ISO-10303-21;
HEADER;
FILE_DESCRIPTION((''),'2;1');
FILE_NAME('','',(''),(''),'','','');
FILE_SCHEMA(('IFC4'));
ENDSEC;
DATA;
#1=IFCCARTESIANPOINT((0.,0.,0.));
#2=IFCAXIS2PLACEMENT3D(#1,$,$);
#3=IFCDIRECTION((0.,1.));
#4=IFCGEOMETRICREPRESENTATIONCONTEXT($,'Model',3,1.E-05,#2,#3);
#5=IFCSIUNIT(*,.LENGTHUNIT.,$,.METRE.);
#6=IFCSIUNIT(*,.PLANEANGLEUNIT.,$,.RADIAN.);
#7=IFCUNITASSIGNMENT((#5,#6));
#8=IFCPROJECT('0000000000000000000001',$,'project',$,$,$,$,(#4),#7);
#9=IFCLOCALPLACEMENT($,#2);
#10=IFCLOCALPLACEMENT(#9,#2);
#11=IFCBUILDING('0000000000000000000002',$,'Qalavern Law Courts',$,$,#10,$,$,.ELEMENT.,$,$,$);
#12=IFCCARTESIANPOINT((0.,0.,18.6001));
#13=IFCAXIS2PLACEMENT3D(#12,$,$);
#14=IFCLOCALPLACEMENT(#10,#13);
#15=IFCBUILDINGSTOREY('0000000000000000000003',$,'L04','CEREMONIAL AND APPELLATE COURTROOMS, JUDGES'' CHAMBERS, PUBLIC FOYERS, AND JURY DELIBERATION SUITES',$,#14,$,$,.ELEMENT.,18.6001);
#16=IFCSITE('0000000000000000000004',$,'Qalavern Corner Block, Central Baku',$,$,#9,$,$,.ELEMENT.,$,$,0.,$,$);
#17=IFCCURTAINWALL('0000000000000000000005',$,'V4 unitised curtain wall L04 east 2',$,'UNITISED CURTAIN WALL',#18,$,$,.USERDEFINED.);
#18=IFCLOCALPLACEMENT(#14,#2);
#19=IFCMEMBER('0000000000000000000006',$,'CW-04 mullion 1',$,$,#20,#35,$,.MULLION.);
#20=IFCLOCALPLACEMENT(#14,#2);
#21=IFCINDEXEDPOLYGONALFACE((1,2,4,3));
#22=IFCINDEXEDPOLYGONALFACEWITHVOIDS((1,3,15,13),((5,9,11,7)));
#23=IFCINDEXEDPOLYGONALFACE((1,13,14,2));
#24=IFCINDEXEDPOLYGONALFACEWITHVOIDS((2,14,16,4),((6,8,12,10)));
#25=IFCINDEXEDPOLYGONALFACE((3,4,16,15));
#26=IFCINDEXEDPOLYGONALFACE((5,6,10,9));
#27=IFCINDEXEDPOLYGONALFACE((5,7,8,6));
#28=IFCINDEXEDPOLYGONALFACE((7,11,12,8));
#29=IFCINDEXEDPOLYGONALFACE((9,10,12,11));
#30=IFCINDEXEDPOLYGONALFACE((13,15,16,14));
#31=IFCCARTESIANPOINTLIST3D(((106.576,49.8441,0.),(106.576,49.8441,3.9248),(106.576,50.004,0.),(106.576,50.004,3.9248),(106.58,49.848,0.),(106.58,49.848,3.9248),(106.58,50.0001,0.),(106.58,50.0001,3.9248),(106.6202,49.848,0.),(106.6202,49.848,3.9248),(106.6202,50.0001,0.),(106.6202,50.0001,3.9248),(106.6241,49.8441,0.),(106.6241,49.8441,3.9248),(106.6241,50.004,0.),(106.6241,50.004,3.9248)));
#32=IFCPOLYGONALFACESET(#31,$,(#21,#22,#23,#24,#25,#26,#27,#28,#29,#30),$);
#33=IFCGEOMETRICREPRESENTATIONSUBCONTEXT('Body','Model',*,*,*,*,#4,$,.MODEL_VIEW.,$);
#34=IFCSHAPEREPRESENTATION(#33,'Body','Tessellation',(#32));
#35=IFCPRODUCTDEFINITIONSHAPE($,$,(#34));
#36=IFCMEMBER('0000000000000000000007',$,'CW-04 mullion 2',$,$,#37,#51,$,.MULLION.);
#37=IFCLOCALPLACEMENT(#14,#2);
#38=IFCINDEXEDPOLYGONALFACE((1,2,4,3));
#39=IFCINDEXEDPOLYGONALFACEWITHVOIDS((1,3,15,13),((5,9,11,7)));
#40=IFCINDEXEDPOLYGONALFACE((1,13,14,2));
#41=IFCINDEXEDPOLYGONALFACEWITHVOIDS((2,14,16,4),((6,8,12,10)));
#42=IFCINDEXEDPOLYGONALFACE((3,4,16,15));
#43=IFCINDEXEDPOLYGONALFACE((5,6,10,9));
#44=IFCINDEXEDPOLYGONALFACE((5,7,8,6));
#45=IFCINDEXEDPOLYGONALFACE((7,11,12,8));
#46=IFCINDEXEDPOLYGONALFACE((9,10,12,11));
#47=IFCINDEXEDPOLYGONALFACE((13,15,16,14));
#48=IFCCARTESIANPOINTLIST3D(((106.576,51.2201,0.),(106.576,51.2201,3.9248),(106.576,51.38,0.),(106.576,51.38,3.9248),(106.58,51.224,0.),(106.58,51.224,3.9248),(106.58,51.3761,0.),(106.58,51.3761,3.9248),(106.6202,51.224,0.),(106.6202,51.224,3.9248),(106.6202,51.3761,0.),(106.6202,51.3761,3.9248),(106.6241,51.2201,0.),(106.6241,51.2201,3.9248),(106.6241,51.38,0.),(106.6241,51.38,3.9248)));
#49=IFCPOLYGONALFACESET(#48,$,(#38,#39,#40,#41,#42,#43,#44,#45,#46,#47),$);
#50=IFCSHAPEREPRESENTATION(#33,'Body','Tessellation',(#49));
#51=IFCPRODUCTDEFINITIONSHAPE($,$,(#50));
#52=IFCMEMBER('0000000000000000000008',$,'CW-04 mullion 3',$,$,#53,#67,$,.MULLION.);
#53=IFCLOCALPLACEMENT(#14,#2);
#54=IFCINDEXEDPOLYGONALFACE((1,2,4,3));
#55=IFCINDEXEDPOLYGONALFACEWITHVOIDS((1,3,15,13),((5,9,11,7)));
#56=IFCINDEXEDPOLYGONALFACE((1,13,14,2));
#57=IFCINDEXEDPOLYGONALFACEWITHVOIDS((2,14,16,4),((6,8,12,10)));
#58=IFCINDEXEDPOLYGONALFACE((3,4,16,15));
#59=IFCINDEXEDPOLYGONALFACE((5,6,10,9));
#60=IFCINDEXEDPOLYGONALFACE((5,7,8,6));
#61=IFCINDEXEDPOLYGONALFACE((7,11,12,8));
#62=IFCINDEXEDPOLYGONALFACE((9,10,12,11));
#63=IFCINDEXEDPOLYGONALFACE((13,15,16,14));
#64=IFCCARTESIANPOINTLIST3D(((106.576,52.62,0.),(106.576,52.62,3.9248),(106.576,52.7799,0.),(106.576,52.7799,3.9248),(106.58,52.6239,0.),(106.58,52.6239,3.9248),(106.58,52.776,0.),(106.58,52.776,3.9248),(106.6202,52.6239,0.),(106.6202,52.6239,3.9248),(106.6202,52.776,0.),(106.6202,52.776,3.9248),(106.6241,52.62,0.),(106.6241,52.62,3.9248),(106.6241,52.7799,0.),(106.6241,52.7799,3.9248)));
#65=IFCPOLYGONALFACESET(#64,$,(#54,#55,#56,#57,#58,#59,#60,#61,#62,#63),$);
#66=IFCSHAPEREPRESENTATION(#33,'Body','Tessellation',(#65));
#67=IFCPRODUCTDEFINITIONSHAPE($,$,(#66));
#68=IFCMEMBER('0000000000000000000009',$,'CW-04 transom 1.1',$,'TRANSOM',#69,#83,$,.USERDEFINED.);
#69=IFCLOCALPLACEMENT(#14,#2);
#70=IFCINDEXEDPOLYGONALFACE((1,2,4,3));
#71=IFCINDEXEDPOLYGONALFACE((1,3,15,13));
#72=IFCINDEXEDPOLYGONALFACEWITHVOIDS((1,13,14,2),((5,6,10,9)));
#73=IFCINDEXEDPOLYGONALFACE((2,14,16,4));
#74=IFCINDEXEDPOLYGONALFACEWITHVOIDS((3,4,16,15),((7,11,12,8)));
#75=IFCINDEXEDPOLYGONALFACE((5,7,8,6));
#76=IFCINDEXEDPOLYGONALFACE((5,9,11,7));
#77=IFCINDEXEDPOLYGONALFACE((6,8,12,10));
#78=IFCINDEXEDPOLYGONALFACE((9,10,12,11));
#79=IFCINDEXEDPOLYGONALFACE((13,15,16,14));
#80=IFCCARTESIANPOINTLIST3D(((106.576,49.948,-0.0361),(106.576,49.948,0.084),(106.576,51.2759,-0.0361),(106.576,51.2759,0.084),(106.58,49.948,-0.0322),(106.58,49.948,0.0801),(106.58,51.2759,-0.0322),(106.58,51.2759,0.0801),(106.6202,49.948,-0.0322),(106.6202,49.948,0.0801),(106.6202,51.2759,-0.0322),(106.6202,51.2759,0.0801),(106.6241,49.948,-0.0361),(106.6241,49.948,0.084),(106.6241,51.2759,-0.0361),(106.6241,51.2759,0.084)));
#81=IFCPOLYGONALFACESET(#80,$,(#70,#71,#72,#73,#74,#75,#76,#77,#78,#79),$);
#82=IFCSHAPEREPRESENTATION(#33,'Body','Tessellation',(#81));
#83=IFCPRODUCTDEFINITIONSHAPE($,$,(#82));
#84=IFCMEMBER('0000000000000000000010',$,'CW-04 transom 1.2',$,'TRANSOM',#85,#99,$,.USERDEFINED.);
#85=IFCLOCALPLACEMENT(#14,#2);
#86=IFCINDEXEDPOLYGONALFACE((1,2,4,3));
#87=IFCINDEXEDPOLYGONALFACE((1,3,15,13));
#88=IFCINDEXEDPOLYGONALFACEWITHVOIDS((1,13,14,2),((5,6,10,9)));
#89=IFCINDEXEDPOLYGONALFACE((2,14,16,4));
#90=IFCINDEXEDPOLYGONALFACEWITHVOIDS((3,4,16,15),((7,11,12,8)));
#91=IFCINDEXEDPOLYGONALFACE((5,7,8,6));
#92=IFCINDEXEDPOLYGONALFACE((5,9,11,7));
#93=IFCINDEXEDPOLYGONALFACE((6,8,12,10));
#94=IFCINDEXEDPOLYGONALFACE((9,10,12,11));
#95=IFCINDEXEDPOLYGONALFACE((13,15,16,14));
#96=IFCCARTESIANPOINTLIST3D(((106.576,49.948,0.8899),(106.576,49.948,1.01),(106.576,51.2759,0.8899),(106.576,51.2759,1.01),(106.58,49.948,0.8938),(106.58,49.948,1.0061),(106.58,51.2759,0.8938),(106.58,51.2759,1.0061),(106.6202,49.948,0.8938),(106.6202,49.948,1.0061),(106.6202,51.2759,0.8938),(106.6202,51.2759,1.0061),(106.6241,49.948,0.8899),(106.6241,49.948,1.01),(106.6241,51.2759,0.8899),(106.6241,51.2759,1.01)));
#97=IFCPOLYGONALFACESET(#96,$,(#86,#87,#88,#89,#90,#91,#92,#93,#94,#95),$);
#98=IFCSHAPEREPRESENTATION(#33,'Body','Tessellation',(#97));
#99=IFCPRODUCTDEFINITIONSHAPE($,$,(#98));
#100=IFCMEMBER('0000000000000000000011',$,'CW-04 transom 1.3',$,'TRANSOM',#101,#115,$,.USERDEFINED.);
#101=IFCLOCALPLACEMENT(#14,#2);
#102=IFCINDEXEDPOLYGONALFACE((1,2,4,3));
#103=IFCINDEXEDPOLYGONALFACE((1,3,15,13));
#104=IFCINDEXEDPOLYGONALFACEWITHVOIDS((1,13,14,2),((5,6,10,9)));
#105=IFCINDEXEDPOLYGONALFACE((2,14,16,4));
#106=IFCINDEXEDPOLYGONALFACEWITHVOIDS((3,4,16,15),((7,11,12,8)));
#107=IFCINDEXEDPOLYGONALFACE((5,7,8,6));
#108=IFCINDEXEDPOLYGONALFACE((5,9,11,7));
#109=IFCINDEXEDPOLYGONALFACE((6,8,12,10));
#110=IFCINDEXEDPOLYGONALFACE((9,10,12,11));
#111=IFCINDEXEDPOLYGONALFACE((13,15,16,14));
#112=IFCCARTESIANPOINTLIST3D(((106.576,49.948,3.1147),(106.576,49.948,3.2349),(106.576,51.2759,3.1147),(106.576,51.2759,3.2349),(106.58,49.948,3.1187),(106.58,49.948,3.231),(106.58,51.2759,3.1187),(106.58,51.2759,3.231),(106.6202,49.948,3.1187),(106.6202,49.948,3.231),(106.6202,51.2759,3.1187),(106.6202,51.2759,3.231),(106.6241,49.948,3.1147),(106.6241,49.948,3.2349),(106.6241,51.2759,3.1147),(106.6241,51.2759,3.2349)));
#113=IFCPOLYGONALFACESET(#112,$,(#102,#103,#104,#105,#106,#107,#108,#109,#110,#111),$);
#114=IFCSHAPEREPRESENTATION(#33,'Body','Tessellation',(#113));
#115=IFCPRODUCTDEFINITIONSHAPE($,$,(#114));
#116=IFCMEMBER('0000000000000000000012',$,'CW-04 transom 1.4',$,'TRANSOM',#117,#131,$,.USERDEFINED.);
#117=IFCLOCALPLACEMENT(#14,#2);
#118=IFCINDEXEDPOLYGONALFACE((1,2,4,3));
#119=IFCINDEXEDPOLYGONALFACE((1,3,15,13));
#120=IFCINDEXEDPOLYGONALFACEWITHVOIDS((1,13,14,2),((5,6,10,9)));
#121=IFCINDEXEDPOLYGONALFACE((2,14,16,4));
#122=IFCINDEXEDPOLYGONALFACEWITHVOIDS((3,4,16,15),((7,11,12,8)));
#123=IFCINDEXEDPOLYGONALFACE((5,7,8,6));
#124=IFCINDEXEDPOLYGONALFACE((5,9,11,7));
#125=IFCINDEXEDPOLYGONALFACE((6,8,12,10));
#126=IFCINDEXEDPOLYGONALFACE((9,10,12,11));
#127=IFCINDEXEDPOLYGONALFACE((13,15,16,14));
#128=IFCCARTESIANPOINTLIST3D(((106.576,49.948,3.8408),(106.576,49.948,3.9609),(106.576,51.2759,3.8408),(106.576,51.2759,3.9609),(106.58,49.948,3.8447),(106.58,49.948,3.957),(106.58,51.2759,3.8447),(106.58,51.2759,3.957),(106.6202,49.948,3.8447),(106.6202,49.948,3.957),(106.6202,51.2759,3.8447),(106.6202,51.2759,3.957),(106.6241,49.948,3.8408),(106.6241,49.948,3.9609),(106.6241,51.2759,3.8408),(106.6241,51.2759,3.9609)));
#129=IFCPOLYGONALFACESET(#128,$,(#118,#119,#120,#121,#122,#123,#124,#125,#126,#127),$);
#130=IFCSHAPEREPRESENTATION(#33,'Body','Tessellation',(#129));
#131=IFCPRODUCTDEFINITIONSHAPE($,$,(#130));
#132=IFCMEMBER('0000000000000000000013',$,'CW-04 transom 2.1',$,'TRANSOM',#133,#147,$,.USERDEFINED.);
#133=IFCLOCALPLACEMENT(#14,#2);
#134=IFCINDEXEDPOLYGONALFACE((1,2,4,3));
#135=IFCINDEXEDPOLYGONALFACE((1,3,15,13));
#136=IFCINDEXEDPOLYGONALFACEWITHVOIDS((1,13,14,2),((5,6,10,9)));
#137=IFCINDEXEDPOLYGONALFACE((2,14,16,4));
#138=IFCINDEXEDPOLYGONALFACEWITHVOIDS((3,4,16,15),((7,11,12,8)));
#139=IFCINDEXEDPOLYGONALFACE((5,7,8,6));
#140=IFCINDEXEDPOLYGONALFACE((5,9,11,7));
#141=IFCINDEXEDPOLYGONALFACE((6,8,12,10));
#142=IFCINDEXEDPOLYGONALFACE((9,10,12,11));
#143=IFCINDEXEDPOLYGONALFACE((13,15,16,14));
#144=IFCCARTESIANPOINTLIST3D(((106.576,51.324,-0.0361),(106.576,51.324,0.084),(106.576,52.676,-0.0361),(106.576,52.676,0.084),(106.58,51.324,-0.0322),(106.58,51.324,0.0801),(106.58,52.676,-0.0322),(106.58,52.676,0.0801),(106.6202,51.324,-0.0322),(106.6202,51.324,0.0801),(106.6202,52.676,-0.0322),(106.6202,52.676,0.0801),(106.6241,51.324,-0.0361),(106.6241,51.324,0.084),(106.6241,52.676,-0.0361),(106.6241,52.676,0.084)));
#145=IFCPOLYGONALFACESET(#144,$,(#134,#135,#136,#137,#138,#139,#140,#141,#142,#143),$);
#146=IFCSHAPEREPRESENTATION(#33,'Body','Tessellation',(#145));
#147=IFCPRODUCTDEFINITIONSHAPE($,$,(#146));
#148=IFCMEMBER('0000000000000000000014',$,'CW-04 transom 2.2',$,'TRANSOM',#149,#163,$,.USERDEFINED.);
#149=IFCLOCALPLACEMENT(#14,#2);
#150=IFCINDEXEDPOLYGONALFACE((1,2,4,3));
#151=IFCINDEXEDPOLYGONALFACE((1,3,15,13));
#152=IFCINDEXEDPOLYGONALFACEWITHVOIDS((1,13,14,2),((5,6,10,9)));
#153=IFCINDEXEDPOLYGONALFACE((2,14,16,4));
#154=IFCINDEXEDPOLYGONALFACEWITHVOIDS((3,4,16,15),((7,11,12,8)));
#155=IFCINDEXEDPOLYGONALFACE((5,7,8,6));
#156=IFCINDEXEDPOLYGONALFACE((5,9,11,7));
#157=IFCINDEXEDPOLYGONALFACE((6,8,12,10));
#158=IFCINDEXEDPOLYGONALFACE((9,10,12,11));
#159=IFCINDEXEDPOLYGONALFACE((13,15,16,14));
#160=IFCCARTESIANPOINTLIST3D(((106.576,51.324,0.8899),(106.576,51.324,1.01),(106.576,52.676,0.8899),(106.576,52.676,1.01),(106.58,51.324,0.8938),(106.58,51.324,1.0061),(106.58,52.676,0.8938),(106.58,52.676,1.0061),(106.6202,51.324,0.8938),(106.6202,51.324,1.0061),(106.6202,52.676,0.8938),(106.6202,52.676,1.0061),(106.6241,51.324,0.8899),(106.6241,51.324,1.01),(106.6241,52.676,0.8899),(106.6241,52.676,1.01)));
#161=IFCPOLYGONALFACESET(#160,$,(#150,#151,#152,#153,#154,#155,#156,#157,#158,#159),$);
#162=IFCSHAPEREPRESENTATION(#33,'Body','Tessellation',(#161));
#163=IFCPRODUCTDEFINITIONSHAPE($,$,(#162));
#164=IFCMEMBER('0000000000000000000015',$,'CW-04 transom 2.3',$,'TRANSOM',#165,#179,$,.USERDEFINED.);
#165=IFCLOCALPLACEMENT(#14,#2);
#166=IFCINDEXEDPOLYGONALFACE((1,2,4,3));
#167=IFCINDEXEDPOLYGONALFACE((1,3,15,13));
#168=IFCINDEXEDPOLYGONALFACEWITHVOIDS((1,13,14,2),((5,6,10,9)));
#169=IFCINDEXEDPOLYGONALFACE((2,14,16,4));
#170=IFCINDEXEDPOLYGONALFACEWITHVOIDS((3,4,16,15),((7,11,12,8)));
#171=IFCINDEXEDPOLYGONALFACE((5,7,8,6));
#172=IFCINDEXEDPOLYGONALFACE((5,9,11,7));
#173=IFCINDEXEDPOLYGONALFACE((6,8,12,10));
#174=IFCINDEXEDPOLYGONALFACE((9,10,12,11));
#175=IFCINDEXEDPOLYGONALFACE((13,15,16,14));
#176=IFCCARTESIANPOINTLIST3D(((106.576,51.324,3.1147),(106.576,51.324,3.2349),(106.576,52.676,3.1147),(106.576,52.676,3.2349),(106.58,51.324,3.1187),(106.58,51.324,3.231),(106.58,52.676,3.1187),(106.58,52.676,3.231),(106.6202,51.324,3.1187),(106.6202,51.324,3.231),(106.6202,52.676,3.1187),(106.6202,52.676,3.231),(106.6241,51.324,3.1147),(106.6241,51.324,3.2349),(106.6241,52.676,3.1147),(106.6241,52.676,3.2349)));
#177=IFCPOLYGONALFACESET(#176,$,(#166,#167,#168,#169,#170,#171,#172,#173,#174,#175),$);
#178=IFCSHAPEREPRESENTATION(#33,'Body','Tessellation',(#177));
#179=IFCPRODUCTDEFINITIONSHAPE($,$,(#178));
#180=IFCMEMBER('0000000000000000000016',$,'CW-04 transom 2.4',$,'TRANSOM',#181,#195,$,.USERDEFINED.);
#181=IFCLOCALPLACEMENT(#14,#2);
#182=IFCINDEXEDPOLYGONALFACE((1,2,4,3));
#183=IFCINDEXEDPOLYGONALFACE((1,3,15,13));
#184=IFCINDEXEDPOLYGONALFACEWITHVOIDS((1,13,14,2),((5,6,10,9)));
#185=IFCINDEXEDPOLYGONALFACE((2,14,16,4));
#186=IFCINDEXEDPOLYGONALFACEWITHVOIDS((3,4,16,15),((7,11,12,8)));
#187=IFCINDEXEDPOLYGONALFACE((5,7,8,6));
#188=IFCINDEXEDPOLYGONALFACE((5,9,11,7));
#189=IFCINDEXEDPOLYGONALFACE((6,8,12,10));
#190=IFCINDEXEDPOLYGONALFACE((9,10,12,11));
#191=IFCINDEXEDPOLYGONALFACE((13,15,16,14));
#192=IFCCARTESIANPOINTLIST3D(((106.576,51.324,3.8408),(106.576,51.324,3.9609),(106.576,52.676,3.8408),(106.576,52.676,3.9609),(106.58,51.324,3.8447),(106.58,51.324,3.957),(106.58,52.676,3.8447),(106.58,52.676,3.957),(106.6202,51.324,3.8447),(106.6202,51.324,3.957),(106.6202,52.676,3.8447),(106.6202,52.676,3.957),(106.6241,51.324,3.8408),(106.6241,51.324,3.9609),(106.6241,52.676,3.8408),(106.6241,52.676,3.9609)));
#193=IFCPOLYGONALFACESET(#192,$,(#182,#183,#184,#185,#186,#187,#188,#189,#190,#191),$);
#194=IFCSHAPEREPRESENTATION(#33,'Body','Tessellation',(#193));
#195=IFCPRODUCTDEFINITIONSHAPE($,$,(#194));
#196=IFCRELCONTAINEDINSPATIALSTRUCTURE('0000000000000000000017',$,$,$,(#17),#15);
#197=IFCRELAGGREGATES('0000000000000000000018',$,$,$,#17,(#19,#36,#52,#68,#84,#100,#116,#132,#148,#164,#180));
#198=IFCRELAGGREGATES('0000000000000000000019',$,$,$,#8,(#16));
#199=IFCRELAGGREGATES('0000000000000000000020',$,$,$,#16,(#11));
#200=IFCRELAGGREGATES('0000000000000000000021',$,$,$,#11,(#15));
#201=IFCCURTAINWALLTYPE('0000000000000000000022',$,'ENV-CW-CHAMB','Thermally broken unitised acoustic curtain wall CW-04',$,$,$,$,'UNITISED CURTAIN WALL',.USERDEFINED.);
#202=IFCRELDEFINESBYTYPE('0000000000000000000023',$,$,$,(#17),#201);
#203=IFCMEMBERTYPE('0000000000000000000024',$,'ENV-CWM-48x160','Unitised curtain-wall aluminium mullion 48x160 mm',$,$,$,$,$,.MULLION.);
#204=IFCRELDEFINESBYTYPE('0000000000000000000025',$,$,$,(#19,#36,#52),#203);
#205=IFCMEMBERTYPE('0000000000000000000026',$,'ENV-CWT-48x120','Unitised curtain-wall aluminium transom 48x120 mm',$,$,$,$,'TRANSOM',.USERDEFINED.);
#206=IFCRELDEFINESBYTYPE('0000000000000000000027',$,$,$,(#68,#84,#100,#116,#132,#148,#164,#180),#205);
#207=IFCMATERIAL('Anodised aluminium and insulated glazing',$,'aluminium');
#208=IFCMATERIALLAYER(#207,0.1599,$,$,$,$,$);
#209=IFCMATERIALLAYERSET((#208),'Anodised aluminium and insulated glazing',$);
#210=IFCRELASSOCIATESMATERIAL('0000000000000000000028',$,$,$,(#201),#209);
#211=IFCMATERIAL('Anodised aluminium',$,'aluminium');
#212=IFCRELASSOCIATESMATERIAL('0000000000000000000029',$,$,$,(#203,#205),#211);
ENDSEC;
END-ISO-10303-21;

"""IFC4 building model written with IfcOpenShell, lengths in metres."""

from ifc_helpers import new_model, si_unit, direction, frame, origin, origin_2d, place, context, subcontext, project, spatial, hollow_rectangle, extrude, material, layer, layer_set, material_profile, profile_set, type_object, element, aggregate, save


model = new_model("IFC4")

# Units and contexts
model_context = context("Model", 3, precision=1e-05, world=origin(), true_north=direction((0.0, 1.0)))
body_context = subcontext(model_context, "Body", "Model", "MODEL_VIEW")
ifc_project = project(units=[si_unit("LENGTHUNIT", "METRE"), si_unit("PLANEANGLEUNIT", "RADIAN")], contexts=[model_context])

# Site, building, storey
site_placement = place(None, origin())
site = spatial("IfcSite", under=ifc_project, at=site_placement, Name="Qalavern Corner Block, Central Baku", CompositionType="ELEMENT", RefElevation=0.0)
building_placement = place(site_placement, origin())
building = spatial("IfcBuilding", under=site, at=building_placement, Name="Qalavern Law Courts", CompositionType="ELEMENT")
storey_placement = place(building_placement, frame((0.0, 0.0, 18.6001)))
storey = spatial("IfcBuildingStorey", under=building, at=storey_placement, Name="L04", Description="CEREMONIAL AND APPELLATE COURTROOMS, JUDGES' CHAMBERS, PUBLIC FOYERS, AND JURY DELIBERATION SUITES", CompositionType="ELEMENT", Elevation=18.6001)

# Curtain wall, members
ifc_material_1 = material(Name="Anodised aluminium and insulated glazing", Category="aluminium")
ifc_layer_1 = layer(ifc_material_1, 0.1599)
ifc_layer_set_1 = layer_set([ifc_layer_1], Name="Anodised aluminium and insulated glazing")
curtain_wall_type = type_object("IfcCurtainWallType", Name="ENV-CW-CHAMB", Description="Thermally broken unitised acoustic curtain wall CW-04", ElementType="UNITISED CURTAIN WALL", PredefinedType="USERDEFINED", material=ifc_layer_set_1)
curtain_wall_placement = place(storey_placement, origin())
curtain_wall = element("IfcCurtainWall", 1, at=curtain_wall_placement, inside=storey, type_object=curtain_wall_type, Name="V4 unitised curtain wall L04 east 2", ObjectType="UNITISED CURTAIN WALL", PredefinedType="USERDEFINED")
ifc_material_2 = material(Name="Anodised aluminium", Category="aluminium")
ifc_material_profile_1 = material_profile(ifc_material_2, hollow_rectangle(XDim=0.0481, YDim=0.1599, WallThickness=0.0039, at=origin_2d()), Name="ALU MULLION 48x160")
ifc_profile_set_1 = profile_set([ifc_material_profile_1], Name="Anodised aluminium")
member_type_1 = type_object("IfcMemberType", Name="ENV-CWM-48x160", Description="Unitised curtain-wall aluminium mullion 48x160 mm", PredefinedType="MULLION", material=ifc_profile_set_1)
member_1_placement = place(storey_placement, frame((106.6001, 49.9241, 0.0), z_axis=(0.0, 0.0, 1.0), x_axis=(-1.0, 0.0, 0.0)))
member_1 = element("IfcMember", 2, at=member_1_placement, type_object=member_type_1, Name="CW-04 mullion 1", PredefinedType="MULLION", context=body_context, shape_type="SweptSolid", body=[
    extrude(hollow_rectangle(XDim=0.0481, YDim=0.1599, WallThickness=0.0039, at=origin_2d()), origin(), (0.0, 0.0, 1.0), 3.9248),
])
member_2_placement = place(storey_placement, frame((106.6001, 51.3, 0.0), z_axis=(0.0, 0.0, 1.0), x_axis=(-1.0, 0.0, 0.0)))
member_2 = element("IfcMember", 3, at=member_2_placement, type_object=member_type_1, Name="CW-04 mullion 2", PredefinedType="MULLION", context=body_context, shape_type="SweptSolid", body=[
    extrude(hollow_rectangle(XDim=0.0481, YDim=0.1599, WallThickness=0.0039, at=origin_2d()), origin(), (0.0, 0.0, 1.0), 3.9248),
])
member_3_placement = place(storey_placement, frame((106.6001, 52.7, 0.0), z_axis=(0.0, 0.0, 1.0), x_axis=(-1.0, 0.0, 0.0)))
member_3 = element("IfcMember", 4, at=member_3_placement, type_object=member_type_1, Name="CW-04 mullion 3", PredefinedType="MULLION", context=body_context, shape_type="SweptSolid", body=[
    extrude(hollow_rectangle(XDim=0.0481, YDim=0.1599, WallThickness=0.0039, at=origin_2d()), origin(), (0.0, 0.0, 1.0), 3.9248),
])
ifc_material_profile_2 = material_profile(ifc_material_2, hollow_rectangle(XDim=0.0481, YDim=0.1201, WallThickness=0.0039, at=origin_2d()), Name="ALU TRANSOM 48x120")
ifc_profile_set_2 = profile_set([ifc_material_profile_2], Name="Anodised aluminium")
member_type_2 = type_object("IfcMemberType", Name="ENV-CWT-48x120", Description="Unitised curtain-wall aluminium transom 48x120 mm", ElementType="TRANSOM", PredefinedType="USERDEFINED", material=ifc_profile_set_2)
member_4_placement = place(storey_placement, frame((106.6001, 49.948, 0.0239), z_axis=(0.0, 1.0, 0.0), x_axis=(-1.0, 0.0, 0.0)))
member_4 = element("IfcMember", 5, at=member_4_placement, type_object=member_type_2, Name="CW-04 transom 1.1", ObjectType="TRANSOM", PredefinedType="USERDEFINED", context=body_context, shape_type="SweptSolid", body=[
    extrude(hollow_rectangle(XDim=0.0481, YDim=0.1201, WallThickness=0.0039, at=origin_2d()), origin(), (0.0, 0.0, 1.0), 1.3279),
])
member_5_placement = place(storey_placement, frame((106.6001, 49.948, 0.95), z_axis=(0.0, 1.0, 0.0), x_axis=(-1.0, 0.0, 0.0)))
member_5 = element("IfcMember", 6, at=member_5_placement, type_object=member_type_2, Name="CW-04 transom 1.2", ObjectType="TRANSOM", PredefinedType="USERDEFINED", context=body_context, shape_type="SweptSolid", body=[
    extrude(hollow_rectangle(XDim=0.0481, YDim=0.1201, WallThickness=0.0039, at=origin_2d()), origin(), (0.0, 0.0, 1.0), 1.3279),
])
member_6_placement = place(storey_placement, frame((106.6001, 49.948, 3.1748), z_axis=(0.0, 1.0, 0.0), x_axis=(-1.0, 0.0, 0.0)))
member_6 = element("IfcMember", 7, at=member_6_placement, type_object=member_type_2, Name="CW-04 transom 1.3", ObjectType="TRANSOM", PredefinedType="USERDEFINED", context=body_context, shape_type="SweptSolid", body=[
    extrude(hollow_rectangle(XDim=0.0481, YDim=0.1201, WallThickness=0.0039, at=origin_2d()), origin(), (0.0, 0.0, 1.0), 1.3279),
])
member_7_placement = place(storey_placement, frame((106.6001, 49.948, 3.9009), z_axis=(0.0, 1.0, 0.0), x_axis=(-1.0, 0.0, 0.0)))
member_7 = element("IfcMember", 8, at=member_7_placement, type_object=member_type_2, Name="CW-04 transom 1.4", ObjectType="TRANSOM", PredefinedType="USERDEFINED", context=body_context, shape_type="SweptSolid", body=[
    extrude(hollow_rectangle(XDim=0.0481, YDim=0.1201, WallThickness=0.0039, at=origin_2d()), origin(), (0.0, 0.0, 1.0), 1.3279),
])
member_8_placement = place(storey_placement, frame((106.6001, 51.324, 0.0239), z_axis=(0.0, 1.0, 0.0), x_axis=(-1.0, 0.0, 0.0)))
member_8 = element("IfcMember", 9, at=member_8_placement, type_object=member_type_2, Name="CW-04 transom 2.1", ObjectType="TRANSOM", PredefinedType="USERDEFINED", context=body_context, shape_type="SweptSolid", body=[
    extrude(hollow_rectangle(XDim=0.0481, YDim=0.1201, WallThickness=0.0039, at=origin_2d()), origin(), (0.0, 0.0, 1.0), 1.3521),
])
member_9_placement = place(storey_placement, frame((106.6001, 51.324, 0.95), z_axis=(0.0, 1.0, 0.0), x_axis=(-1.0, 0.0, 0.0)))
member_9 = element("IfcMember", 10, at=member_9_placement, type_object=member_type_2, Name="CW-04 transom 2.2", ObjectType="TRANSOM", PredefinedType="USERDEFINED", context=body_context, shape_type="SweptSolid", body=[
    extrude(hollow_rectangle(XDim=0.0481, YDim=0.1201, WallThickness=0.0039, at=origin_2d()), origin(), (0.0, 0.0, 1.0), 1.3521),
])
member_10_placement = place(storey_placement, frame((106.6001, 51.324, 3.1748), z_axis=(0.0, 1.0, 0.0), x_axis=(-1.0, 0.0, 0.0)))
member_10 = element("IfcMember", 11, at=member_10_placement, type_object=member_type_2, Name="CW-04 transom 2.3", ObjectType="TRANSOM", PredefinedType="USERDEFINED", context=body_context, shape_type="SweptSolid", body=[
    extrude(hollow_rectangle(XDim=0.0481, YDim=0.1201, WallThickness=0.0039, at=origin_2d()), origin(), (0.0, 0.0, 1.0), 1.3521),
])
member_11_placement = place(storey_placement, frame((106.6001, 51.324, 3.9009), z_axis=(0.0, 1.0, 0.0), x_axis=(-1.0, 0.0, 0.0)))
member_11 = element("IfcMember", 12, at=member_11_placement, type_object=member_type_2, Name="CW-04 transom 2.4", ObjectType="TRANSOM", PredefinedType="USERDEFINED", context=body_context, shape_type="SweptSolid", body=[
    extrude(hollow_rectangle(XDim=0.0481, YDim=0.1201, WallThickness=0.0039, at=origin_2d()), origin(), (0.0, 0.0, 1.0), 1.3521),
])
aggregate(curtain_wall, [member_1, member_2, member_3, member_4, member_5, member_6, member_7, member_8, member_9, member_10, member_11])

save(model, "model.ifc")
